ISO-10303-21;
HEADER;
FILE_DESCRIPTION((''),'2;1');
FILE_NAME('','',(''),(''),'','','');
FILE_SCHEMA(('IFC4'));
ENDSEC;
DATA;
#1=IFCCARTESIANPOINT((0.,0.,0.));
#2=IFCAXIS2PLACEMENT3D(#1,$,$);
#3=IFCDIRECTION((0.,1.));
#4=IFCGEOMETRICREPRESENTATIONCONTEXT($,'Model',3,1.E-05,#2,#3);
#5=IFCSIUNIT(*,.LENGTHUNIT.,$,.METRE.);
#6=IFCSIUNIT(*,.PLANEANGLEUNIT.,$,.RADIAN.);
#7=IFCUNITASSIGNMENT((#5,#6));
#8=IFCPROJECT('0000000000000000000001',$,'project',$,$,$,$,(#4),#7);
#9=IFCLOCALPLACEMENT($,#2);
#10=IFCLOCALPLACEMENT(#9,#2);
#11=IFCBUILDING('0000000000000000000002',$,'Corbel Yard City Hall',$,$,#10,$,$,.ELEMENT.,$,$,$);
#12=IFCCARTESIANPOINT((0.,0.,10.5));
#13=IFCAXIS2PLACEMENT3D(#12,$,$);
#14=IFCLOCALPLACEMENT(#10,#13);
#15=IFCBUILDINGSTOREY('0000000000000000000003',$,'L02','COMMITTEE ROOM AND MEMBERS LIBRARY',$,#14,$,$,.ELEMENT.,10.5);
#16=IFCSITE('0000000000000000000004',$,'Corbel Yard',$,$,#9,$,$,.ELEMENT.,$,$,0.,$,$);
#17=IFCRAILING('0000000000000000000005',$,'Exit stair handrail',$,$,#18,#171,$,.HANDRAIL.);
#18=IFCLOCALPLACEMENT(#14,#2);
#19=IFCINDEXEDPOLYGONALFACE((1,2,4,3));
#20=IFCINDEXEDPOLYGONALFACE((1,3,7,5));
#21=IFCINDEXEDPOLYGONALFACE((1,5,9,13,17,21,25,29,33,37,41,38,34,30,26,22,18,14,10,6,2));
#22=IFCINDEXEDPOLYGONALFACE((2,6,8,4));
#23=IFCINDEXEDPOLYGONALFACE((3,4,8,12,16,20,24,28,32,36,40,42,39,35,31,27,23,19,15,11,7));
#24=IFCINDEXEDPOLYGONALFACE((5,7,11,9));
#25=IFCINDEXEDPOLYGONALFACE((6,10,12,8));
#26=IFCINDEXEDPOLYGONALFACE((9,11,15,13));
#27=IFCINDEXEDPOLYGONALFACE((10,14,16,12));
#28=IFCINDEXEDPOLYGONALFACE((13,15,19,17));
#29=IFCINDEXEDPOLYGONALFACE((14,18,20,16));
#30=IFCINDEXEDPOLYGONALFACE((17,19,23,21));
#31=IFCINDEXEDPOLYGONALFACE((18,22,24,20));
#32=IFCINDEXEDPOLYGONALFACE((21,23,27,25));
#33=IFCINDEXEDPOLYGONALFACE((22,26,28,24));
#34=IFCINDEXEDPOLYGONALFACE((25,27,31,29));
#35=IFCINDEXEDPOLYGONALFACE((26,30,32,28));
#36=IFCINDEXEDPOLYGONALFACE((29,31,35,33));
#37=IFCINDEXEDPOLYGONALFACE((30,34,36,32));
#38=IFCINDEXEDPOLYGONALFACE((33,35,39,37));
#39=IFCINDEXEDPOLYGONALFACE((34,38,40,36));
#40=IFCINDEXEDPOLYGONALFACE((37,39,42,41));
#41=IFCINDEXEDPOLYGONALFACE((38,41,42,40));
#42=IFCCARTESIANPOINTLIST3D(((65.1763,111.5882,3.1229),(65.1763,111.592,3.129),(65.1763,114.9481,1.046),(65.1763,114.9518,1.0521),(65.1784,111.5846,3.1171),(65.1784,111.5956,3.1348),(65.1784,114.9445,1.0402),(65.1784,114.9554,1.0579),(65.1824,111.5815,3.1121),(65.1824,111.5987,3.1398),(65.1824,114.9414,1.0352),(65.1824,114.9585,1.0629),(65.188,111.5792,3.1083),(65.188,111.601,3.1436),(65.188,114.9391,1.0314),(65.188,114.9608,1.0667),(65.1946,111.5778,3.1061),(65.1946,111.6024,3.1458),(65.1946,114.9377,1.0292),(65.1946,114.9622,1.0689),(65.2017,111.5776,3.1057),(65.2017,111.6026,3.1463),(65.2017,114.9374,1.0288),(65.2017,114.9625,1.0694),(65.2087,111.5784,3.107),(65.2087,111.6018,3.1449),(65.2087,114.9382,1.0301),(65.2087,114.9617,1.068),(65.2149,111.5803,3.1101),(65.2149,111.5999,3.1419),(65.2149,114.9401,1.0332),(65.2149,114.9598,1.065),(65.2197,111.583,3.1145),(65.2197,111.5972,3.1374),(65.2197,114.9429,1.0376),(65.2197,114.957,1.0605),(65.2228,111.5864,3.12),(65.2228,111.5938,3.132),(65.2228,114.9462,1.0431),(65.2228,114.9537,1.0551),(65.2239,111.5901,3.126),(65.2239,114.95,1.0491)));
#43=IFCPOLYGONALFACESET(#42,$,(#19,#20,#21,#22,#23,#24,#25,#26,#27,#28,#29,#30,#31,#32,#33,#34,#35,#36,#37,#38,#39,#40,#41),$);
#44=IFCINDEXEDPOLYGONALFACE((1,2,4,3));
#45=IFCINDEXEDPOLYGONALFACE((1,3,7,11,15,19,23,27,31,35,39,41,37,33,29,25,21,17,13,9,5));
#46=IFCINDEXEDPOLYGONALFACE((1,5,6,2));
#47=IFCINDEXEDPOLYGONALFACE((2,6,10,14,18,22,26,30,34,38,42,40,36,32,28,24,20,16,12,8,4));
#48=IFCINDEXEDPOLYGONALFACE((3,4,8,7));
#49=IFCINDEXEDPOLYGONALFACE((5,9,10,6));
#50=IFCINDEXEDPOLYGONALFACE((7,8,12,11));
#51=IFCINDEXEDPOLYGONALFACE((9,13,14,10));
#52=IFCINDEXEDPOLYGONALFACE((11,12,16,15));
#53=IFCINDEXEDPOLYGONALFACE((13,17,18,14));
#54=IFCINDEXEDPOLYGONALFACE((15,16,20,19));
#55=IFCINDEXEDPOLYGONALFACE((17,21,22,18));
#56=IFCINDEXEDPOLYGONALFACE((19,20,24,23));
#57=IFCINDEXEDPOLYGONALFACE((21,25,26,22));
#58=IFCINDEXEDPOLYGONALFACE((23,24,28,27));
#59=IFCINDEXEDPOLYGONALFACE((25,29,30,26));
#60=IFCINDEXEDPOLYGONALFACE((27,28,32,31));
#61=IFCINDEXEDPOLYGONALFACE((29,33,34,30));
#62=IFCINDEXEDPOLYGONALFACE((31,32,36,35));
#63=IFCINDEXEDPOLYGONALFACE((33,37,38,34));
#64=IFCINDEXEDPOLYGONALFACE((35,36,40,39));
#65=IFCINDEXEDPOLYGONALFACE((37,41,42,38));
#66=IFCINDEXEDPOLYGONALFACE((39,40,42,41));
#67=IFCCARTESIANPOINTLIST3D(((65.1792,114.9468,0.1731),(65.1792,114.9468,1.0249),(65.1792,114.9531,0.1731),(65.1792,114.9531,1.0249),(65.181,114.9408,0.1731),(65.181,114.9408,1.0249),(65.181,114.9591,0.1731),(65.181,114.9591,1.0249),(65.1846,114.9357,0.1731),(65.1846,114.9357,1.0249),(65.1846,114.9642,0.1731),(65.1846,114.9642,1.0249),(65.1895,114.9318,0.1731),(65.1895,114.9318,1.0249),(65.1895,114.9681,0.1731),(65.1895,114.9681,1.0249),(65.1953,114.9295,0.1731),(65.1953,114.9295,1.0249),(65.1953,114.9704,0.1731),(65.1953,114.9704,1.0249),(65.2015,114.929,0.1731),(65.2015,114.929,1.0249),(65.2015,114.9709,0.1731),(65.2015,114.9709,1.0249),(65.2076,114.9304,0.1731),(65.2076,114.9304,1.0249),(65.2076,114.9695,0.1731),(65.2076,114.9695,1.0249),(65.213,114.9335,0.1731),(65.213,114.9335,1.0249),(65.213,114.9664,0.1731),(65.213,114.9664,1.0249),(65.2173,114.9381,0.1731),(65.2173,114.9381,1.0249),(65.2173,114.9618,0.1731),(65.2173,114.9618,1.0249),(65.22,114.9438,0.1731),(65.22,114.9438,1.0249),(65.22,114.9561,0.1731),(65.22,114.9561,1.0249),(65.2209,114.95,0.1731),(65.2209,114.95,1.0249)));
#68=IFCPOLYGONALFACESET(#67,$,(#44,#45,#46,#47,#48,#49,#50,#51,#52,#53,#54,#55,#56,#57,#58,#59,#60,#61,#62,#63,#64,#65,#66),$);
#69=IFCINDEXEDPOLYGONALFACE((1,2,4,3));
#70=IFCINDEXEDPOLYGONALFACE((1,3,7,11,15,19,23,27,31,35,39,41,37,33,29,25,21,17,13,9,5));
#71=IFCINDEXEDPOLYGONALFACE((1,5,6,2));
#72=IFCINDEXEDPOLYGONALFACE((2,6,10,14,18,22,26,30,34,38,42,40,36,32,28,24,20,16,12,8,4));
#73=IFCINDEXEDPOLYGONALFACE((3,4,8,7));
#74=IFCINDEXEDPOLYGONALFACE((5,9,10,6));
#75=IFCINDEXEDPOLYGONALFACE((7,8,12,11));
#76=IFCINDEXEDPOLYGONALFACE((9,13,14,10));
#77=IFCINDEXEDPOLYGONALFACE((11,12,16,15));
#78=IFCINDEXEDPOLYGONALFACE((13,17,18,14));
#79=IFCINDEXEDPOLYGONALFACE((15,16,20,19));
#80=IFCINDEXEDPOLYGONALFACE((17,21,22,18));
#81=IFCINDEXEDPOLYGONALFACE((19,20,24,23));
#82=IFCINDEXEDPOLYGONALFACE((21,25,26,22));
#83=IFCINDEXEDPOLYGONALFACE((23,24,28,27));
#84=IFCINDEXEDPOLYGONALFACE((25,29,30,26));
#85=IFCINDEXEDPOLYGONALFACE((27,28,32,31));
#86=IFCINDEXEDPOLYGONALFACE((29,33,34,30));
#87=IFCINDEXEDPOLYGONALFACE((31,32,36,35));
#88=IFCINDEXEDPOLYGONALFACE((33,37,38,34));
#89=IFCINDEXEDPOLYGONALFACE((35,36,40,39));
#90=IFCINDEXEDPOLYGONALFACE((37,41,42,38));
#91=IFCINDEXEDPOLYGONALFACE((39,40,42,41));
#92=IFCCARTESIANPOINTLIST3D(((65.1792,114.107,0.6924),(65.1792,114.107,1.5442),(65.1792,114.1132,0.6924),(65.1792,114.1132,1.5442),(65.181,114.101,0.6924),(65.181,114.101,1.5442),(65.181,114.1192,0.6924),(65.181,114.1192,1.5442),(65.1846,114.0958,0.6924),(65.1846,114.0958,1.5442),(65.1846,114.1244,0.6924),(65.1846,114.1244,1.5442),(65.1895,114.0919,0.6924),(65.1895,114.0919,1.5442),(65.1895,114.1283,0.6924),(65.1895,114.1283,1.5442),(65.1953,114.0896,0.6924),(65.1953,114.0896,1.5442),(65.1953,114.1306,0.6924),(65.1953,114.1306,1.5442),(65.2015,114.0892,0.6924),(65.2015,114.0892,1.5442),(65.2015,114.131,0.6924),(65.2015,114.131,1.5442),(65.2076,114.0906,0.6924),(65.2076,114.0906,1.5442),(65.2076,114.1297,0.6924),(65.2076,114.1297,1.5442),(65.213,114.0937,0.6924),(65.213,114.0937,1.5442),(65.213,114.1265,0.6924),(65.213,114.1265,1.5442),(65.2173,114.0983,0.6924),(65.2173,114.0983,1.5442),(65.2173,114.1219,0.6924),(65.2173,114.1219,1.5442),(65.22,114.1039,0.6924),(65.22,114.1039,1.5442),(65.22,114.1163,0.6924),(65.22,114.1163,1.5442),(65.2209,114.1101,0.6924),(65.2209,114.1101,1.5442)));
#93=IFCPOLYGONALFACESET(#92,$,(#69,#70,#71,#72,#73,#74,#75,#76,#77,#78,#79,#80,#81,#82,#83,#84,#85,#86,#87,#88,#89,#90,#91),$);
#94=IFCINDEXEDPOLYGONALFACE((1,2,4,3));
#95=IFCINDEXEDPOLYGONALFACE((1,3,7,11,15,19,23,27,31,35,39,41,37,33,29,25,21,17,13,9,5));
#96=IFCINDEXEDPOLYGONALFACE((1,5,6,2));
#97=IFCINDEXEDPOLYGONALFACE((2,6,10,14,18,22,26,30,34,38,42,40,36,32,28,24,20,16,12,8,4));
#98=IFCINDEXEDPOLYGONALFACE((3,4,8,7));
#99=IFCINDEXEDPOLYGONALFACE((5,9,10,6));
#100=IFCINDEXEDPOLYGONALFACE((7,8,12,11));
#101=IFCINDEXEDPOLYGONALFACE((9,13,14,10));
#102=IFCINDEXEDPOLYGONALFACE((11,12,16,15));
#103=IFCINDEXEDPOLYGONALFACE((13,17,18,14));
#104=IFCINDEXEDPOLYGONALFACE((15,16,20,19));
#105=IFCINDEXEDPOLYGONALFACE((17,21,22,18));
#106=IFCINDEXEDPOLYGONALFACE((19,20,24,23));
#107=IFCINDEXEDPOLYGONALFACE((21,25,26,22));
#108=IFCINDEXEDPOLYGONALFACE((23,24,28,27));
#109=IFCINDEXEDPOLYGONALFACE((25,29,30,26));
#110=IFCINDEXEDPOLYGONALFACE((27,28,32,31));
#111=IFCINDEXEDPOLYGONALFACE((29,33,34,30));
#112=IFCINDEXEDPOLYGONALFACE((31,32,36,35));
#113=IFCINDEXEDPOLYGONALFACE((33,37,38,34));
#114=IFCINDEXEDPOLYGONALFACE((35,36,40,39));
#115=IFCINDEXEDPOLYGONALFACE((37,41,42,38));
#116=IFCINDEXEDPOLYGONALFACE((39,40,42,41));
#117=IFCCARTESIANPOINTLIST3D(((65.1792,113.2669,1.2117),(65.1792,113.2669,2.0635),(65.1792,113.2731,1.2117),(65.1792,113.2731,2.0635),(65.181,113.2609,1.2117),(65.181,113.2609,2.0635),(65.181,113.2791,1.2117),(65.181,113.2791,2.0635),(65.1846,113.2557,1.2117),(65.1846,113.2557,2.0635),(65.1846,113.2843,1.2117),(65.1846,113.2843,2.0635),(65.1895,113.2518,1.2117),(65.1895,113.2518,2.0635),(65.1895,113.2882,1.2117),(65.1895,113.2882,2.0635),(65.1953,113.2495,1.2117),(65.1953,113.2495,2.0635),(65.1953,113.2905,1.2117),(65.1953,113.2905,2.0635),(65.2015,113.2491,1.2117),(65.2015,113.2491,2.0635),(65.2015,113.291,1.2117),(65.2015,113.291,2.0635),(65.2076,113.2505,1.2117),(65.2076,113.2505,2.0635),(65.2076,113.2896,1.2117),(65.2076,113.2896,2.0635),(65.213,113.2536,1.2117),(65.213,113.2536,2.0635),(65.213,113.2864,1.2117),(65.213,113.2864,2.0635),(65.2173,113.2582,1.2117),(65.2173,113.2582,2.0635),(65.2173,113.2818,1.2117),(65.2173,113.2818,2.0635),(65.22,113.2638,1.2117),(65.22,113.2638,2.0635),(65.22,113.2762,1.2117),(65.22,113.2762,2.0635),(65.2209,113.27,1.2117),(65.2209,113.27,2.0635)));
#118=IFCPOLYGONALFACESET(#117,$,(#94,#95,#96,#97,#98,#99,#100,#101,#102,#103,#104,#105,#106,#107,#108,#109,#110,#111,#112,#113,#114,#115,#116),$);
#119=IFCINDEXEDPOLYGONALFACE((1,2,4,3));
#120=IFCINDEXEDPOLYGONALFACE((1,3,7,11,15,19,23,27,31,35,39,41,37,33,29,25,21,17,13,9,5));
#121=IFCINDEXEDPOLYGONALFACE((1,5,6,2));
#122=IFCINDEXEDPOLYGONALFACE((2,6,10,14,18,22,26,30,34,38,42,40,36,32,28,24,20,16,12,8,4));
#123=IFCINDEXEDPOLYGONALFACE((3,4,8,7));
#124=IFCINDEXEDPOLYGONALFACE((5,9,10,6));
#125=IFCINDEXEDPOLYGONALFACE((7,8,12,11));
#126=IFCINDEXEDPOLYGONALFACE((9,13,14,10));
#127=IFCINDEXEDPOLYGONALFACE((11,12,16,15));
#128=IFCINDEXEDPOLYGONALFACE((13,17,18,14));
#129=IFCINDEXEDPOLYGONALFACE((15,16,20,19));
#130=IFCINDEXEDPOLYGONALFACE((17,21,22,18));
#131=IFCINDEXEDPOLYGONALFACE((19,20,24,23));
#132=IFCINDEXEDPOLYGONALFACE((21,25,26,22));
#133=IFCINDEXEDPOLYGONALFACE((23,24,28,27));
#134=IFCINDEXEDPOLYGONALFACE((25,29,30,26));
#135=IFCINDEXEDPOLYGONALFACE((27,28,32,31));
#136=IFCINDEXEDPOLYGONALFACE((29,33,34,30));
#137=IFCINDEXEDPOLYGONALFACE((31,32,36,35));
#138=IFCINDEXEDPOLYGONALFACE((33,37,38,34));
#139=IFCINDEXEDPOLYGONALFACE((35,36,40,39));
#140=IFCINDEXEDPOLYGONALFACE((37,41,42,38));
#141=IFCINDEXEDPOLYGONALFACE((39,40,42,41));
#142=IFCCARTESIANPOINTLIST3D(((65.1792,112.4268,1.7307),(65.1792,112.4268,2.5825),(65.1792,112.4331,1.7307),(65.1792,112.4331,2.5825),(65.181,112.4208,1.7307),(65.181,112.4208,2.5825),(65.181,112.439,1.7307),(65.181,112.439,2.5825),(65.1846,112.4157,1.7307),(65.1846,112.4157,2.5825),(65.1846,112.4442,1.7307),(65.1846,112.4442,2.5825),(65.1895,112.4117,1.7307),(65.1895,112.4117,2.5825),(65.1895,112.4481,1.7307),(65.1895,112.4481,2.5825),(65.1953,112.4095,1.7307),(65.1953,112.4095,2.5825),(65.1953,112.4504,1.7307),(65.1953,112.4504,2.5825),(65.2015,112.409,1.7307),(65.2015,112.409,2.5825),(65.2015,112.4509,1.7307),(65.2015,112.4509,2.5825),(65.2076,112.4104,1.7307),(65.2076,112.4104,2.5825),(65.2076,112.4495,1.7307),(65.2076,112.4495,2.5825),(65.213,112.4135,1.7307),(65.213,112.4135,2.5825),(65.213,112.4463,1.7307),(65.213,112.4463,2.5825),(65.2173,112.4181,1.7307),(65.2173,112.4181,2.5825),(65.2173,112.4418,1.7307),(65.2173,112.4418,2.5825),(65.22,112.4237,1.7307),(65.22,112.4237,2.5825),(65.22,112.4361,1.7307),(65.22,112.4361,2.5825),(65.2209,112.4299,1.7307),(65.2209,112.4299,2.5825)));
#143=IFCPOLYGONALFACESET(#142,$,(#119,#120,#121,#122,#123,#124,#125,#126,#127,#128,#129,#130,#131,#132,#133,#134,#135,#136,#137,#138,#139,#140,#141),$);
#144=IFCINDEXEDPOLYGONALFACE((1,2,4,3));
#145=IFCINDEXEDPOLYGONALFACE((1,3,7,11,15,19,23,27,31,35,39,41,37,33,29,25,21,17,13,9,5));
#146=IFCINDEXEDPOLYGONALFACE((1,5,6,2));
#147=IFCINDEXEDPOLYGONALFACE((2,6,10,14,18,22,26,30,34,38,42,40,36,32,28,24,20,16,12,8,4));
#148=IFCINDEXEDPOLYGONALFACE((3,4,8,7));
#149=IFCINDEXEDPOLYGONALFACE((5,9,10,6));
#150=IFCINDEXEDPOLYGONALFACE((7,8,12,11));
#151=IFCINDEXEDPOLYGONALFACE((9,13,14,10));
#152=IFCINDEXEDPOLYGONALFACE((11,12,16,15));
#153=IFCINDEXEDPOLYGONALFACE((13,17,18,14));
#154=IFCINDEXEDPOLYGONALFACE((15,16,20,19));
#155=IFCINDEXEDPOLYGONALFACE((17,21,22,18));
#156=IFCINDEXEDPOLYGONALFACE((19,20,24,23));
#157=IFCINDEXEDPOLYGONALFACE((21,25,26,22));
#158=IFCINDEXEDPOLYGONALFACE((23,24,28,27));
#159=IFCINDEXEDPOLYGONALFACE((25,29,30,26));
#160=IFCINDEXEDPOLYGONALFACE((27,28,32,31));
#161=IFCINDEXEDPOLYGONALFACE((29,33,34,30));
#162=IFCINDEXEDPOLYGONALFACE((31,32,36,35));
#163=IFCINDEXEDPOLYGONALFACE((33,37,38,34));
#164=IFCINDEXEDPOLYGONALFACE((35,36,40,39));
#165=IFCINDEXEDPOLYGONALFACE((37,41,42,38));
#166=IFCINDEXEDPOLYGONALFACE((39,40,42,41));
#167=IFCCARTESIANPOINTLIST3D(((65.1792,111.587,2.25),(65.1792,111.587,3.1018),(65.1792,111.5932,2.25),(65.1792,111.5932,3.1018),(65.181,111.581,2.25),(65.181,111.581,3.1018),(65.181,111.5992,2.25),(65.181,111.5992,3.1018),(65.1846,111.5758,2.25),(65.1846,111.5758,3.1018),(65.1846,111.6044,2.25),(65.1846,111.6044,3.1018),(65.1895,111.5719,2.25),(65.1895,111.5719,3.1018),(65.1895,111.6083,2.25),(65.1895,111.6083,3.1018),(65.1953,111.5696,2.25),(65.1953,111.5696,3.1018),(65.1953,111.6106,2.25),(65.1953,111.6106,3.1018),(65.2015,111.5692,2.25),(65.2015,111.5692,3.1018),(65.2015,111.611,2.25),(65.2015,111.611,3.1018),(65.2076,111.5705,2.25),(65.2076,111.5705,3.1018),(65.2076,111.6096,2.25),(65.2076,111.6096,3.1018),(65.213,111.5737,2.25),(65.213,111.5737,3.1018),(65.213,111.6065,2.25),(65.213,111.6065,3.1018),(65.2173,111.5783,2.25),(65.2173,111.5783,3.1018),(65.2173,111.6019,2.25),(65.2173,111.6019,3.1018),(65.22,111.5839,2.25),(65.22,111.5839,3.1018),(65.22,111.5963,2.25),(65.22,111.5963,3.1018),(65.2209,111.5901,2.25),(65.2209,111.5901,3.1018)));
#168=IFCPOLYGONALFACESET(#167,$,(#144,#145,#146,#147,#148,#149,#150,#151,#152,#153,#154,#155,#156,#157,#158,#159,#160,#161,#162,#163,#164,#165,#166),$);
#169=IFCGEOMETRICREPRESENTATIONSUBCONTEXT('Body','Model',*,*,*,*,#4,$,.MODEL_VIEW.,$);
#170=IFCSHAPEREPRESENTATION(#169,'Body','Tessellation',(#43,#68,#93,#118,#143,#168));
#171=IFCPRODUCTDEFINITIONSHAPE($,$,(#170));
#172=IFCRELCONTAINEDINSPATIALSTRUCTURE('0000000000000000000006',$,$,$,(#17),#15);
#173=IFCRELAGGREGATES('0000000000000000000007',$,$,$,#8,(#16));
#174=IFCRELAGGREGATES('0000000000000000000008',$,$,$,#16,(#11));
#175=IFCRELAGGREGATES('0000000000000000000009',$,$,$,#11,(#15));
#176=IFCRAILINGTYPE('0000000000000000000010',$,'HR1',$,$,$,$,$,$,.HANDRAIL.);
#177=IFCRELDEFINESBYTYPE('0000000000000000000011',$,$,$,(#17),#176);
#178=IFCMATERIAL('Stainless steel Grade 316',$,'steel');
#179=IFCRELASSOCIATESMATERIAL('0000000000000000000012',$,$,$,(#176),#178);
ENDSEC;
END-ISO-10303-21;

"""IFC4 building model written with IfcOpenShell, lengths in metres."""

from ifc_helpers import new_model, si_unit, direction, frame, origin, origin_2d, place, context, subcontext, project, spatial, circle, extrude, material, type_object, element, save


model = new_model("IFC4")

# Units and contexts
model_context = context("Model", 3, precision=1e-05, world=origin(), true_north=direction((0.0, 1.0)))
body_context = subcontext(model_context, "Body", "Model", "MODEL_VIEW")
ifc_project = project(units=[si_unit("LENGTHUNIT", "METRE"), si_unit("PLANEANGLEUNIT", "RADIAN")], contexts=[model_context])

# Site, building, storey
site_placement = place(None, origin())
site = spatial("IfcSite", under=ifc_project, at=site_placement, Name="Corbel Yard", CompositionType="ELEMENT", RefElevation=0.0)
building_placement = place(site_placement, origin())
building = spatial("IfcBuilding", under=site, at=building_placement, Name="Corbel Yard City Hall", CompositionType="ELEMENT")
storey_placement = place(building_placement, frame((0.0, 0.0, 10.5)))
storey = spatial("IfcBuildingStorey", under=building, at=storey_placement, Name="L02", Description="COMMITTEE ROOM AND MEMBERS LIBRARY", CompositionType="ELEMENT", Elevation=10.5)

# Shared definitions
ifc_material_1 = material(Name="Stainless steel Grade 316", Category="steel")

# Railing
railing_type_1 = type_object("IfcRailingType", Name="HR1", PredefinedType="HANDRAIL", material=ifc_material_1)
for number, where, name in (
    (1, (65.2, 114.95, 0.1731), "Exit stair handrail"),
):
    element("IfcRailing", number, at=place(storey_placement, frame(where)), inside=storey, type_object=railing_type_1, Name=name, PredefinedType="HANDRAIL", context=body_context, shape_type="SweptSolid", body=[
        extrude(circle(Radius=0.0239, at=origin_2d()), frame((0.0, 0.0, 0.876), z_axis=(0.0, -0.850606, 0.525803), x_axis=(1.0, 0.0, 0.0)), (0.0, 0.0, 1.0), 3.95),
        extrude(circle(Radius=0.021, at=origin_2d()), origin(), (0.0, 0.0, 1.0), 0.8518),
        extrude(circle(Radius=0.021, at=origin_2d()), frame((0.0, -0.8398, 0.5193)), (0.0, 0.0, 1.0), 0.8518),
        extrude(circle(Radius=0.021, at=origin_2d()), frame((0.0, -1.6799, 1.0386)), (0.0, 0.0, 1.0), 0.8518),
        extrude(circle(Radius=0.021, at=origin_2d()), frame((0.0, -2.52, 1.5576)), (0.0, 0.0, 1.0), 0.8518),
        extrude(circle(Radius=0.021, at=origin_2d()), frame((0.0, -3.3599, 2.0769)), (0.0, 0.0, 1.0), 0.8518),
    ])

save(model, "model.ifc")
